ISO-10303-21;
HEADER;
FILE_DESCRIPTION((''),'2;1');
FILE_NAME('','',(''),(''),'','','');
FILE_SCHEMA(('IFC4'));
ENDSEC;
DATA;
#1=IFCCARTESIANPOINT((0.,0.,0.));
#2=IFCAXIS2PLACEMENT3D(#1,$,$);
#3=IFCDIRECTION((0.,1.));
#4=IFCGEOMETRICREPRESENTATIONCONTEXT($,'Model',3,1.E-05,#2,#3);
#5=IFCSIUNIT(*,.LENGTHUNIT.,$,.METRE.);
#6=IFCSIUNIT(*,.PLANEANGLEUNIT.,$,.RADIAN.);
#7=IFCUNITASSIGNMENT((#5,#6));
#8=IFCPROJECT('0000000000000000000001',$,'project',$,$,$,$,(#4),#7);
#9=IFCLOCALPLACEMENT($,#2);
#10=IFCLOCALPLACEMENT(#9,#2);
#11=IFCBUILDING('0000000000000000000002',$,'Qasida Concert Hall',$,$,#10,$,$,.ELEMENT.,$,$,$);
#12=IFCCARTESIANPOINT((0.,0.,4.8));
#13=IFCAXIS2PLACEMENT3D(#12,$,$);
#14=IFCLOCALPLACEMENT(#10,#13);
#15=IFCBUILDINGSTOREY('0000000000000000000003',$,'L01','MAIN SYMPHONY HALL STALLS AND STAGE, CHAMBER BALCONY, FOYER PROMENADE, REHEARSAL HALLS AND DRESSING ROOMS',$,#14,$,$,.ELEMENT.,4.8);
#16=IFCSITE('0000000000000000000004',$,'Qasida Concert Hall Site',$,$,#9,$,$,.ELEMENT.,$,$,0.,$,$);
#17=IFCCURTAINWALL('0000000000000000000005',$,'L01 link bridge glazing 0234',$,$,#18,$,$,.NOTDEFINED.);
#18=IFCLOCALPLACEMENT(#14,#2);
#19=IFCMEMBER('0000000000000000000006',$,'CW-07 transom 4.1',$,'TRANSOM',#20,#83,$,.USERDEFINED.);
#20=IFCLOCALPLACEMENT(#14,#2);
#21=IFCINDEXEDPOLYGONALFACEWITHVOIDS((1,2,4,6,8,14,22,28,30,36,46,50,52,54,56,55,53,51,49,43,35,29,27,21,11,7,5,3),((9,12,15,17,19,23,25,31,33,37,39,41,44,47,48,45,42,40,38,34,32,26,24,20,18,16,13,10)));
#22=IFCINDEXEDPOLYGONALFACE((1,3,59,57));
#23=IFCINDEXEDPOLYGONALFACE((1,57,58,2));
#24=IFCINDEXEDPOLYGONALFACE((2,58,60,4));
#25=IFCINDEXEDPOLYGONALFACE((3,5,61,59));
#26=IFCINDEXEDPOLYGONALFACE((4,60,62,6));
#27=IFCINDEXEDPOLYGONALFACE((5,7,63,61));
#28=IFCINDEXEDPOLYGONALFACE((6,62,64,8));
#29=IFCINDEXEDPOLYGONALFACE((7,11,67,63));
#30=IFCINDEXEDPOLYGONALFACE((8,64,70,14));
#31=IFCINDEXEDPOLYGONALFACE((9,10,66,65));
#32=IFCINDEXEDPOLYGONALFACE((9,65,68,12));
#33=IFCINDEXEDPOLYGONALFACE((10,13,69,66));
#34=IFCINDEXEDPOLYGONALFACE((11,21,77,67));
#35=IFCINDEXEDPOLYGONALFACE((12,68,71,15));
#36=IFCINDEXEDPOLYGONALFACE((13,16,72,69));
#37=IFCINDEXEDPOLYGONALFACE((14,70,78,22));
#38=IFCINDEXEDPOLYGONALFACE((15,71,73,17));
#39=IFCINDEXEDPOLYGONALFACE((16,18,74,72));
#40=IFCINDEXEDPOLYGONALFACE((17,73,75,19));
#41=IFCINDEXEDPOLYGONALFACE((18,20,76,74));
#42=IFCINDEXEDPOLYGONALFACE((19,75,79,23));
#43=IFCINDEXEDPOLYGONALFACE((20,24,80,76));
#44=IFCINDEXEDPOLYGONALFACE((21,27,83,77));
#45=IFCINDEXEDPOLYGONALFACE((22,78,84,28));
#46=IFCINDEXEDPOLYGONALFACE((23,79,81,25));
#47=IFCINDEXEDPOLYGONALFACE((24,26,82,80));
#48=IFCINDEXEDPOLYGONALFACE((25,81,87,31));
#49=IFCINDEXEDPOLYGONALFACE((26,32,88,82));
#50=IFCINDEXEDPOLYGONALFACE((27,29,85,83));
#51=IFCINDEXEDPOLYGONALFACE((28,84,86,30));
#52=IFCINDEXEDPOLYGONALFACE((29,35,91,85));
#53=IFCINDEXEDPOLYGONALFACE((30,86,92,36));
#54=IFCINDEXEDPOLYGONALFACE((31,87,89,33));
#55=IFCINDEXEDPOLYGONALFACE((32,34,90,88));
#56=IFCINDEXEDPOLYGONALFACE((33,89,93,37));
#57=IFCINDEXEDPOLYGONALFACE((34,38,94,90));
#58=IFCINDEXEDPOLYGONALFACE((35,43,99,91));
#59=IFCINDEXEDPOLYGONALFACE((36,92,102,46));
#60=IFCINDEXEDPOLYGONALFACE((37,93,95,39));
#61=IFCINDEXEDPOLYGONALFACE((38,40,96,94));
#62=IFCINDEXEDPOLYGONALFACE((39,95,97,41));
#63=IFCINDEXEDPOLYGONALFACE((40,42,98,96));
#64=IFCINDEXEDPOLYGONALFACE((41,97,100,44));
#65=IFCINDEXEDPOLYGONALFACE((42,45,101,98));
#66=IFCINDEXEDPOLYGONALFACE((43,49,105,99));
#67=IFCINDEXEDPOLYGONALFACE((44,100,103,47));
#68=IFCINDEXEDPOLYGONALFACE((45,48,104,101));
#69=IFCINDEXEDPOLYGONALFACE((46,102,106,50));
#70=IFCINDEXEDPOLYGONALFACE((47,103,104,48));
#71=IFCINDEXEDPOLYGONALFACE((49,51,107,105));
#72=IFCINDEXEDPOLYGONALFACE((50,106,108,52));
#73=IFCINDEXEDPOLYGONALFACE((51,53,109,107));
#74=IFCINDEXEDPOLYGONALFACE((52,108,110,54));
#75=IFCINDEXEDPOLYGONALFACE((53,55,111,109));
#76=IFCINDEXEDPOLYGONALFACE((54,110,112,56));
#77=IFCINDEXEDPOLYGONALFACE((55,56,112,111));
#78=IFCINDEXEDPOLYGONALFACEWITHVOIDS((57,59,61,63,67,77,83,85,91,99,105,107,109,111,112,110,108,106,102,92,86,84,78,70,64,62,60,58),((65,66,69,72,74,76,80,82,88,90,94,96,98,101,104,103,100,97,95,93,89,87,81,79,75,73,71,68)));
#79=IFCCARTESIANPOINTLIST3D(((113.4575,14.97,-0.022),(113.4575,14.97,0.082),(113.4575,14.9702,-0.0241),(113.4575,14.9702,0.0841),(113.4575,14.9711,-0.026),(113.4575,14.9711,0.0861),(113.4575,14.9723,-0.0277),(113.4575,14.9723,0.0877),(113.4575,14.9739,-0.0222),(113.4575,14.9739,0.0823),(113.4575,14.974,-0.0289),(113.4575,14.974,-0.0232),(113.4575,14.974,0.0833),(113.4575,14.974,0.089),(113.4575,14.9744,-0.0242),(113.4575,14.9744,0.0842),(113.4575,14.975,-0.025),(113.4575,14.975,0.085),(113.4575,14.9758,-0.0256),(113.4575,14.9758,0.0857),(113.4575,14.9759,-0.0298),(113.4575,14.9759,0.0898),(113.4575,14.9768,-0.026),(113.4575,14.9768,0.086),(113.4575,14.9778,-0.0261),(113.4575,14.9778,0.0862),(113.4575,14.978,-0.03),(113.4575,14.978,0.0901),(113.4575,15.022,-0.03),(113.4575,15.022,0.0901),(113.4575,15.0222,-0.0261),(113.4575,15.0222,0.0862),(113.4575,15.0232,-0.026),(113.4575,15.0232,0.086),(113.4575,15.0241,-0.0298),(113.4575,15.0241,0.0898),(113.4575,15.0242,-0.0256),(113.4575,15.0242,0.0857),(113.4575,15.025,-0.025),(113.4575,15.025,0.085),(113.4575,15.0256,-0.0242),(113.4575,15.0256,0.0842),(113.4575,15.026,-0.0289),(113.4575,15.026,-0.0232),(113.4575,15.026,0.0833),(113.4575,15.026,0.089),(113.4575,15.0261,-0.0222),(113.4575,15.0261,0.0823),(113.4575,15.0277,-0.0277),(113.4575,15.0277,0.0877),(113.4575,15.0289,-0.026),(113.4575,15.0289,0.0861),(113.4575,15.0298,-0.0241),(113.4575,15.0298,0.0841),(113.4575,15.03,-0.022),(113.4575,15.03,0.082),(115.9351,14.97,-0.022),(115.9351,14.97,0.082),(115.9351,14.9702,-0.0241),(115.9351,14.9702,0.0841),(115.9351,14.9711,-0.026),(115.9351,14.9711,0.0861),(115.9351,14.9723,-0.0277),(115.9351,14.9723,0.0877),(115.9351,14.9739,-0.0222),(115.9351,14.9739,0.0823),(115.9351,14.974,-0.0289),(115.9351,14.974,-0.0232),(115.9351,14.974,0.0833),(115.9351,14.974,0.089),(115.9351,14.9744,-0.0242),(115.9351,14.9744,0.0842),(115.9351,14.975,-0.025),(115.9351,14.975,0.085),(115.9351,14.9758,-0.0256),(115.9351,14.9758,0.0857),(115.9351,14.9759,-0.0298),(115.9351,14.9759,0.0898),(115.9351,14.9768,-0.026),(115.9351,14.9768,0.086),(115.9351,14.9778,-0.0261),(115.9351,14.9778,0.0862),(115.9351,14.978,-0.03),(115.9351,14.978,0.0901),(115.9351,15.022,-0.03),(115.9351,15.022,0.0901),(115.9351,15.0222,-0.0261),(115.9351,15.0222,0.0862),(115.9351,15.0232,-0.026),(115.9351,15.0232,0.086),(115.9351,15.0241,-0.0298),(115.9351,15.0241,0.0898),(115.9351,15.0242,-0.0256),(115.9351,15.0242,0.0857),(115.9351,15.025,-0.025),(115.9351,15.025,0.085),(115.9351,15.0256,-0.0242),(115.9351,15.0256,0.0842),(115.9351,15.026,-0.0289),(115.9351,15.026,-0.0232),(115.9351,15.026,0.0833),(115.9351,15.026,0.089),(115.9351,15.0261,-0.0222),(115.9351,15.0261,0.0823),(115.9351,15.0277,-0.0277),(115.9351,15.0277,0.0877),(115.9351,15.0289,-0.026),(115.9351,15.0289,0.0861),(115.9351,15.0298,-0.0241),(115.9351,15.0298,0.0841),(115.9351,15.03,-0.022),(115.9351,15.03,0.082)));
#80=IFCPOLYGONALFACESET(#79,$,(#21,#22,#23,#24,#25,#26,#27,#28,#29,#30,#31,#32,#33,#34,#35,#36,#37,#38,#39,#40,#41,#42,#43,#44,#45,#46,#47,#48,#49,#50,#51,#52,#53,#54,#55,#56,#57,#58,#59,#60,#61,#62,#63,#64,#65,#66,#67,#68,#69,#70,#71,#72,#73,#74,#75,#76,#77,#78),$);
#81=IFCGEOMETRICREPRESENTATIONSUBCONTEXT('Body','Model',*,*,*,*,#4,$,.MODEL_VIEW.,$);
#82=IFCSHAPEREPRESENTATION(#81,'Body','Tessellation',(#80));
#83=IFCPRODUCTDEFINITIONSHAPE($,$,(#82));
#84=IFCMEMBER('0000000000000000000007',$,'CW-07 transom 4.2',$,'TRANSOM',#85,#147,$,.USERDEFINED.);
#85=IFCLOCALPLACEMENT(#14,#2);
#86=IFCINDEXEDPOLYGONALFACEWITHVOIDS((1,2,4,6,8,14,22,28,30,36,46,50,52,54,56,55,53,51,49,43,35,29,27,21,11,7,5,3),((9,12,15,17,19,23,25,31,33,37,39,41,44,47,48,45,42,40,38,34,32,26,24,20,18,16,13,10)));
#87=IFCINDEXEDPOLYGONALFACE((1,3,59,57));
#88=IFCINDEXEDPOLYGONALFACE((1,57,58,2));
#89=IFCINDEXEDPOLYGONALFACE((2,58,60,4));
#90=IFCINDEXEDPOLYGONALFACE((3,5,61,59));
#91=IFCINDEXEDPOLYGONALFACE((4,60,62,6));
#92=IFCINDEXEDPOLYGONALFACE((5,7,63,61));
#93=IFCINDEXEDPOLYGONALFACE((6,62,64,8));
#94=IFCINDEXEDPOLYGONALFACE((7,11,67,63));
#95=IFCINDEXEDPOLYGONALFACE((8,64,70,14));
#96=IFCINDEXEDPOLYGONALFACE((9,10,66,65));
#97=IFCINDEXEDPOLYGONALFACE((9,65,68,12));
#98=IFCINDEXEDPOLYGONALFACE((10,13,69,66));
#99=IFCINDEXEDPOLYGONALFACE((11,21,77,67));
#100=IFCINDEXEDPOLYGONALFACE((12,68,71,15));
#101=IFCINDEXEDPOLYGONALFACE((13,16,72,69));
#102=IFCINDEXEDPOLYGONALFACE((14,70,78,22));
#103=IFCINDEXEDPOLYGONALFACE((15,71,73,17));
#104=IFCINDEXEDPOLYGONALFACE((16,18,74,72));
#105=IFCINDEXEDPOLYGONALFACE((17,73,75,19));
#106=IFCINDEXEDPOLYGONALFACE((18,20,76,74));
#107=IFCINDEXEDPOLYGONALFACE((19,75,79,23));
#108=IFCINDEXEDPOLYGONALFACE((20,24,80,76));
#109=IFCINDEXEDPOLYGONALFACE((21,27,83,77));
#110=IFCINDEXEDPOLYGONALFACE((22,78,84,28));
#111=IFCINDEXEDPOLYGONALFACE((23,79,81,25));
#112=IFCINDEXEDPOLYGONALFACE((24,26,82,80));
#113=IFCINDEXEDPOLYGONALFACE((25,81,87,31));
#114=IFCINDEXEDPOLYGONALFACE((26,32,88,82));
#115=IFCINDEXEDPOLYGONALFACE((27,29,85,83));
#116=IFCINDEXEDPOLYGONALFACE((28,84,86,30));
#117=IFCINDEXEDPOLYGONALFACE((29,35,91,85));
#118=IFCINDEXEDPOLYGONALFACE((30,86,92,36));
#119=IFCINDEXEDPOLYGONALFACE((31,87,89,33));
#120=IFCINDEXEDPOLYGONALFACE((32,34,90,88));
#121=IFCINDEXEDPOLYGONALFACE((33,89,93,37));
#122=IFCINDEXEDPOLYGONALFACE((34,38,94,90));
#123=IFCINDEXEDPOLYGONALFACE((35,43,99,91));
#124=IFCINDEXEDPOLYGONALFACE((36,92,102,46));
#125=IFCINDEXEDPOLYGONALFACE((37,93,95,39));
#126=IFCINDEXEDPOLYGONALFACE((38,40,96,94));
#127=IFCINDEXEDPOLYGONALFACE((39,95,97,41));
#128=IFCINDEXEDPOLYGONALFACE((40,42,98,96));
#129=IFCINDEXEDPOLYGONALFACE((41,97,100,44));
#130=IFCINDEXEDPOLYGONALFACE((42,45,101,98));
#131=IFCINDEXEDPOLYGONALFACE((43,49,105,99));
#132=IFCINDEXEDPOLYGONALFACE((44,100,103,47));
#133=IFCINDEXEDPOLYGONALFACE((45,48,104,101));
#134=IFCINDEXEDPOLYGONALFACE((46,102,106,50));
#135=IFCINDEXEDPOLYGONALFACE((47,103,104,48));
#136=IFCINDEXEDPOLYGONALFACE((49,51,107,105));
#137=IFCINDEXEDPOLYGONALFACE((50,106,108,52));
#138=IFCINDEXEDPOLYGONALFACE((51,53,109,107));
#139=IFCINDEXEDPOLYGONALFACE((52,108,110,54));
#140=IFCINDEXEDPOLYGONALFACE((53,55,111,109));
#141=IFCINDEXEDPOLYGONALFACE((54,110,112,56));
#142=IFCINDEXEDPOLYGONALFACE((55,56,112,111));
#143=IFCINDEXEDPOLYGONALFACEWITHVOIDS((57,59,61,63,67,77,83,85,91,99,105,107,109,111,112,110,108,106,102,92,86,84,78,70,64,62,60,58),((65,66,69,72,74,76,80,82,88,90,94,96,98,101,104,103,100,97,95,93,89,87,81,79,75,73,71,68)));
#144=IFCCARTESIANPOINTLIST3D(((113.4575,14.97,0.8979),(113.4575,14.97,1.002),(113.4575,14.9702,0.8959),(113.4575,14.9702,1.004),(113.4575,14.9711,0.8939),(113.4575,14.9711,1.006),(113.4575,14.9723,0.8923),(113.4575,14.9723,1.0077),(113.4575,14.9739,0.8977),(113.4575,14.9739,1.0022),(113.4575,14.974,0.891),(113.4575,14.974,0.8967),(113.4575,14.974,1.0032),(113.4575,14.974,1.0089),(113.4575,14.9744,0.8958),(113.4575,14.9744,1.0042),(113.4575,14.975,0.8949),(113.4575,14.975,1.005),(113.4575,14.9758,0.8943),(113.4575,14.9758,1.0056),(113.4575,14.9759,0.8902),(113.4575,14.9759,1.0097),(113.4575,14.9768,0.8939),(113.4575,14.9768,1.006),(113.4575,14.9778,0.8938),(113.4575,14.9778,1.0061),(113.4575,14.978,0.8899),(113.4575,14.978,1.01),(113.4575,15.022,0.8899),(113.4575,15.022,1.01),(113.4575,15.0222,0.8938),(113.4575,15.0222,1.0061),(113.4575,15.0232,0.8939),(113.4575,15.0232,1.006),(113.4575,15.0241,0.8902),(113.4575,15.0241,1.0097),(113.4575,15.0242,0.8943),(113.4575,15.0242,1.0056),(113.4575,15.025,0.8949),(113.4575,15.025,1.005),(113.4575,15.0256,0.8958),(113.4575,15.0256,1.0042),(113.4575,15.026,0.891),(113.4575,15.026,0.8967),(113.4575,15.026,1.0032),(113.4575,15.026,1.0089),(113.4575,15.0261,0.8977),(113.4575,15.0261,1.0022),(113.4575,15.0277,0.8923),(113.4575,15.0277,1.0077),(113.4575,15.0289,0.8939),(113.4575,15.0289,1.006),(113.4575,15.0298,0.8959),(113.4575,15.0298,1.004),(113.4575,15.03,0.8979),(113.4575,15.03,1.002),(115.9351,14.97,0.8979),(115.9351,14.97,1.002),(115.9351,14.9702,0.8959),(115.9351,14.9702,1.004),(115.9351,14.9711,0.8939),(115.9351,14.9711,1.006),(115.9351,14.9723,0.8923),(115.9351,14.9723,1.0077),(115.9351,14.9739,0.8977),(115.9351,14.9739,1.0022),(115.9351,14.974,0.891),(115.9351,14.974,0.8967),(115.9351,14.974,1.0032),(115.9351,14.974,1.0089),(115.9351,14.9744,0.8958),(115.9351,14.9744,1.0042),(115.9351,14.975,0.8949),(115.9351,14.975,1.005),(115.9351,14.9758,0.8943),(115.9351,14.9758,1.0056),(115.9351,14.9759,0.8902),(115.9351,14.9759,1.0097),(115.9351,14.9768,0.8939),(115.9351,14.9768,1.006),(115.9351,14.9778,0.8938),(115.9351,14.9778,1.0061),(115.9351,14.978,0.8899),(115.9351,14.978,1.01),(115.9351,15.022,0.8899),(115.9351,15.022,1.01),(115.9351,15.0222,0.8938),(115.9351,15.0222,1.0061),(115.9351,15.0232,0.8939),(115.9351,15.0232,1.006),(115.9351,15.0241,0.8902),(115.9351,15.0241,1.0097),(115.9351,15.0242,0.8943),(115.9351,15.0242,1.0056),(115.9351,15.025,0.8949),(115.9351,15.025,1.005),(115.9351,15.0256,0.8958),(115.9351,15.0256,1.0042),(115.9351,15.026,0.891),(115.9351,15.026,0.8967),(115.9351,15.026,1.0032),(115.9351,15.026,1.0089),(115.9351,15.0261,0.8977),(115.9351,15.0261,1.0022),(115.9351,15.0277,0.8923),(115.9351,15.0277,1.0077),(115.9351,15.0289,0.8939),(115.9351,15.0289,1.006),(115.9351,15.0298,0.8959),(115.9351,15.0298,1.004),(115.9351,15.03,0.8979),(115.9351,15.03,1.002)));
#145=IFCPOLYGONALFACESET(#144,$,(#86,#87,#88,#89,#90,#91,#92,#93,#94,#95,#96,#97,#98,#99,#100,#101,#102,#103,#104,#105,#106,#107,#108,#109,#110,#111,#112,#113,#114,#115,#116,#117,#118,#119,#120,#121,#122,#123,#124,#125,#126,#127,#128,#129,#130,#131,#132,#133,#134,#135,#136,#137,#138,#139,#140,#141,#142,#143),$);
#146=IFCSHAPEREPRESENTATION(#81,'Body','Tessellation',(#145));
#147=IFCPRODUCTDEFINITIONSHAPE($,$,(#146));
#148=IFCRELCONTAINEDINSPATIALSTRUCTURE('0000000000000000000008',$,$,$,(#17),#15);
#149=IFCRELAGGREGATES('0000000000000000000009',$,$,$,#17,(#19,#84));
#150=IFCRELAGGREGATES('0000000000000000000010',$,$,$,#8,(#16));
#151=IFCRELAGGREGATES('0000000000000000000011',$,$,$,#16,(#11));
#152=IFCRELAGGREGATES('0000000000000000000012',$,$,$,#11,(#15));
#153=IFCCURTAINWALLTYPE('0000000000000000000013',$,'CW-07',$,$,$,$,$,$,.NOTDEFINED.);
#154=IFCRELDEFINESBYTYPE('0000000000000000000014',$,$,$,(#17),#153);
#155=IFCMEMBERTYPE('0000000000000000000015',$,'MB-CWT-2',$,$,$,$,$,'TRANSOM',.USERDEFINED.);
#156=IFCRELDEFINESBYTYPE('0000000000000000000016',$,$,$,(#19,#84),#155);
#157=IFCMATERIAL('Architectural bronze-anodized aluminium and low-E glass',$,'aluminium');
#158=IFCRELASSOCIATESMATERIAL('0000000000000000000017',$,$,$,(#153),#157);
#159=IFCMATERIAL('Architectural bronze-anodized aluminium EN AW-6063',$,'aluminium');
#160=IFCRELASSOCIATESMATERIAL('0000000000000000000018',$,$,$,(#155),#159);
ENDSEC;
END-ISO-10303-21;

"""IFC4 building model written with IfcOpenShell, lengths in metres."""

from ifc_helpers import new_model, si_unit, direction, frame, origin, origin_2d, place, context, subcontext, project, spatial, hollow_rectangle, extrude, material, material_profile, profile_set, type_object, element, aggregate, save


model = new_model("IFC4")

# Units and contexts
model_context = context("Model", 3, precision=1e-05, world=origin(), true_north=direction((0.0, 1.0)))
body_context = subcontext(model_context, "Body", "Model", "MODEL_VIEW")
ifc_project = project(units=[si_unit("LENGTHUNIT", "METRE"), si_unit("PLANEANGLEUNIT", "RADIAN")], contexts=[model_context])

# Site, building, storey
site_placement = place(None, origin())
site = spatial("IfcSite", under=ifc_project, at=site_placement, Name="Qasida Concert Hall Site", CompositionType="ELEMENT", RefElevation=0.0)
building_placement = place(site_placement, origin())
building = spatial("IfcBuilding", under=site, at=building_placement, Name="Qasida Concert Hall", CompositionType="ELEMENT")
storey_placement = place(building_placement, frame((0.0, 0.0, 4.8)))
storey = spatial("IfcBuildingStorey", under=building, at=storey_placement, Name="L01", Description="MAIN SYMPHONY HALL STALLS AND STAGE, CHAMBER BALCONY, FOYER PROMENADE, REHEARSAL HALLS AND DRESSING ROOMS", CompositionType="ELEMENT", Elevation=4.8)

# Curtain wall
ifc_material_1 = material(Name="Architectural bronze-anodized aluminium and low-E glass", Category="aluminium")
curtain_wall_type = type_object("IfcCurtainWallType", Name="CW-07", PredefinedType="NOTDEFINED", material=ifc_material_1)
curtain_wall_1_placement = place(storey_placement, origin())
curtain_wall_1 = element("IfcCurtainWall", 1, at=curtain_wall_1_placement, inside=storey, type_object=curtain_wall_type, Name="L01 link bridge glazing 0234", PredefinedType="NOTDEFINED")
ifc_material_2 = material(Name="Architectural bronze-anodized aluminium EN AW-6063", Category="aluminium")

# Members
ifc_material_profile_1 = material_profile(ifc_material_2, hollow_rectangle(XDim=0.0601, YDim=0.1201, WallThickness=0.0039, InnerFilletRadius=0.0039, OuterFilletRadius=0.0081, at=origin_2d()), Name="CWT 120x60x4")
ifc_profile_set_1 = profile_set([ifc_material_profile_1], Name="Architectural bronze-anodized aluminium EN AW-6063")
member_type_1 = type_object("IfcMemberType", Name="MB-CWT-2", ElementType="TRANSOM", PredefinedType="USERDEFINED", material=ifc_profile_set_1)
member_1_placement = place(storey_placement, frame((113.4575, 15.0, 0.03), z_axis=(1.0, 0.0, 0.0), x_axis=(0.0, 1.0, 0.0)))
member_1 = element("IfcMember", 2, at=member_1_placement, type_object=member_type_1, Name="CW-07 transom 4.1", ObjectType="TRANSOM", PredefinedType="USERDEFINED", context=body_context, shape_type="SweptSolid", body=[
    extrude(hollow_rectangle(XDim=0.0601, YDim=0.1201, WallThickness=0.0039, InnerFilletRadius=0.0039, OuterFilletRadius=0.0081, at=origin_2d()), origin(), (0.0, 0.0, 1.0), 2.4775),
])
member_2_placement = place(storey_placement, frame((113.4575, 15.0, 0.95), z_axis=(1.0, 0.0, 0.0), x_axis=(0.0, 1.0, 0.0)))
member_2 = element("IfcMember", 3, at=member_2_placement, type_object=member_type_1, Name="CW-07 transom 4.2", ObjectType="TRANSOM", PredefinedType="USERDEFINED", context=body_context, shape_type="SweptSolid", body=[
    extrude(hollow_rectangle(XDim=0.0601, YDim=0.1201, WallThickness=0.0039, InnerFilletRadius=0.0039, OuterFilletRadius=0.0081, at=origin_2d()), origin(), (0.0, 0.0, 1.0), 2.4775),
])

aggregate(curtain_wall_1, [member_1, member_2])

save(model, "model.ifc")
